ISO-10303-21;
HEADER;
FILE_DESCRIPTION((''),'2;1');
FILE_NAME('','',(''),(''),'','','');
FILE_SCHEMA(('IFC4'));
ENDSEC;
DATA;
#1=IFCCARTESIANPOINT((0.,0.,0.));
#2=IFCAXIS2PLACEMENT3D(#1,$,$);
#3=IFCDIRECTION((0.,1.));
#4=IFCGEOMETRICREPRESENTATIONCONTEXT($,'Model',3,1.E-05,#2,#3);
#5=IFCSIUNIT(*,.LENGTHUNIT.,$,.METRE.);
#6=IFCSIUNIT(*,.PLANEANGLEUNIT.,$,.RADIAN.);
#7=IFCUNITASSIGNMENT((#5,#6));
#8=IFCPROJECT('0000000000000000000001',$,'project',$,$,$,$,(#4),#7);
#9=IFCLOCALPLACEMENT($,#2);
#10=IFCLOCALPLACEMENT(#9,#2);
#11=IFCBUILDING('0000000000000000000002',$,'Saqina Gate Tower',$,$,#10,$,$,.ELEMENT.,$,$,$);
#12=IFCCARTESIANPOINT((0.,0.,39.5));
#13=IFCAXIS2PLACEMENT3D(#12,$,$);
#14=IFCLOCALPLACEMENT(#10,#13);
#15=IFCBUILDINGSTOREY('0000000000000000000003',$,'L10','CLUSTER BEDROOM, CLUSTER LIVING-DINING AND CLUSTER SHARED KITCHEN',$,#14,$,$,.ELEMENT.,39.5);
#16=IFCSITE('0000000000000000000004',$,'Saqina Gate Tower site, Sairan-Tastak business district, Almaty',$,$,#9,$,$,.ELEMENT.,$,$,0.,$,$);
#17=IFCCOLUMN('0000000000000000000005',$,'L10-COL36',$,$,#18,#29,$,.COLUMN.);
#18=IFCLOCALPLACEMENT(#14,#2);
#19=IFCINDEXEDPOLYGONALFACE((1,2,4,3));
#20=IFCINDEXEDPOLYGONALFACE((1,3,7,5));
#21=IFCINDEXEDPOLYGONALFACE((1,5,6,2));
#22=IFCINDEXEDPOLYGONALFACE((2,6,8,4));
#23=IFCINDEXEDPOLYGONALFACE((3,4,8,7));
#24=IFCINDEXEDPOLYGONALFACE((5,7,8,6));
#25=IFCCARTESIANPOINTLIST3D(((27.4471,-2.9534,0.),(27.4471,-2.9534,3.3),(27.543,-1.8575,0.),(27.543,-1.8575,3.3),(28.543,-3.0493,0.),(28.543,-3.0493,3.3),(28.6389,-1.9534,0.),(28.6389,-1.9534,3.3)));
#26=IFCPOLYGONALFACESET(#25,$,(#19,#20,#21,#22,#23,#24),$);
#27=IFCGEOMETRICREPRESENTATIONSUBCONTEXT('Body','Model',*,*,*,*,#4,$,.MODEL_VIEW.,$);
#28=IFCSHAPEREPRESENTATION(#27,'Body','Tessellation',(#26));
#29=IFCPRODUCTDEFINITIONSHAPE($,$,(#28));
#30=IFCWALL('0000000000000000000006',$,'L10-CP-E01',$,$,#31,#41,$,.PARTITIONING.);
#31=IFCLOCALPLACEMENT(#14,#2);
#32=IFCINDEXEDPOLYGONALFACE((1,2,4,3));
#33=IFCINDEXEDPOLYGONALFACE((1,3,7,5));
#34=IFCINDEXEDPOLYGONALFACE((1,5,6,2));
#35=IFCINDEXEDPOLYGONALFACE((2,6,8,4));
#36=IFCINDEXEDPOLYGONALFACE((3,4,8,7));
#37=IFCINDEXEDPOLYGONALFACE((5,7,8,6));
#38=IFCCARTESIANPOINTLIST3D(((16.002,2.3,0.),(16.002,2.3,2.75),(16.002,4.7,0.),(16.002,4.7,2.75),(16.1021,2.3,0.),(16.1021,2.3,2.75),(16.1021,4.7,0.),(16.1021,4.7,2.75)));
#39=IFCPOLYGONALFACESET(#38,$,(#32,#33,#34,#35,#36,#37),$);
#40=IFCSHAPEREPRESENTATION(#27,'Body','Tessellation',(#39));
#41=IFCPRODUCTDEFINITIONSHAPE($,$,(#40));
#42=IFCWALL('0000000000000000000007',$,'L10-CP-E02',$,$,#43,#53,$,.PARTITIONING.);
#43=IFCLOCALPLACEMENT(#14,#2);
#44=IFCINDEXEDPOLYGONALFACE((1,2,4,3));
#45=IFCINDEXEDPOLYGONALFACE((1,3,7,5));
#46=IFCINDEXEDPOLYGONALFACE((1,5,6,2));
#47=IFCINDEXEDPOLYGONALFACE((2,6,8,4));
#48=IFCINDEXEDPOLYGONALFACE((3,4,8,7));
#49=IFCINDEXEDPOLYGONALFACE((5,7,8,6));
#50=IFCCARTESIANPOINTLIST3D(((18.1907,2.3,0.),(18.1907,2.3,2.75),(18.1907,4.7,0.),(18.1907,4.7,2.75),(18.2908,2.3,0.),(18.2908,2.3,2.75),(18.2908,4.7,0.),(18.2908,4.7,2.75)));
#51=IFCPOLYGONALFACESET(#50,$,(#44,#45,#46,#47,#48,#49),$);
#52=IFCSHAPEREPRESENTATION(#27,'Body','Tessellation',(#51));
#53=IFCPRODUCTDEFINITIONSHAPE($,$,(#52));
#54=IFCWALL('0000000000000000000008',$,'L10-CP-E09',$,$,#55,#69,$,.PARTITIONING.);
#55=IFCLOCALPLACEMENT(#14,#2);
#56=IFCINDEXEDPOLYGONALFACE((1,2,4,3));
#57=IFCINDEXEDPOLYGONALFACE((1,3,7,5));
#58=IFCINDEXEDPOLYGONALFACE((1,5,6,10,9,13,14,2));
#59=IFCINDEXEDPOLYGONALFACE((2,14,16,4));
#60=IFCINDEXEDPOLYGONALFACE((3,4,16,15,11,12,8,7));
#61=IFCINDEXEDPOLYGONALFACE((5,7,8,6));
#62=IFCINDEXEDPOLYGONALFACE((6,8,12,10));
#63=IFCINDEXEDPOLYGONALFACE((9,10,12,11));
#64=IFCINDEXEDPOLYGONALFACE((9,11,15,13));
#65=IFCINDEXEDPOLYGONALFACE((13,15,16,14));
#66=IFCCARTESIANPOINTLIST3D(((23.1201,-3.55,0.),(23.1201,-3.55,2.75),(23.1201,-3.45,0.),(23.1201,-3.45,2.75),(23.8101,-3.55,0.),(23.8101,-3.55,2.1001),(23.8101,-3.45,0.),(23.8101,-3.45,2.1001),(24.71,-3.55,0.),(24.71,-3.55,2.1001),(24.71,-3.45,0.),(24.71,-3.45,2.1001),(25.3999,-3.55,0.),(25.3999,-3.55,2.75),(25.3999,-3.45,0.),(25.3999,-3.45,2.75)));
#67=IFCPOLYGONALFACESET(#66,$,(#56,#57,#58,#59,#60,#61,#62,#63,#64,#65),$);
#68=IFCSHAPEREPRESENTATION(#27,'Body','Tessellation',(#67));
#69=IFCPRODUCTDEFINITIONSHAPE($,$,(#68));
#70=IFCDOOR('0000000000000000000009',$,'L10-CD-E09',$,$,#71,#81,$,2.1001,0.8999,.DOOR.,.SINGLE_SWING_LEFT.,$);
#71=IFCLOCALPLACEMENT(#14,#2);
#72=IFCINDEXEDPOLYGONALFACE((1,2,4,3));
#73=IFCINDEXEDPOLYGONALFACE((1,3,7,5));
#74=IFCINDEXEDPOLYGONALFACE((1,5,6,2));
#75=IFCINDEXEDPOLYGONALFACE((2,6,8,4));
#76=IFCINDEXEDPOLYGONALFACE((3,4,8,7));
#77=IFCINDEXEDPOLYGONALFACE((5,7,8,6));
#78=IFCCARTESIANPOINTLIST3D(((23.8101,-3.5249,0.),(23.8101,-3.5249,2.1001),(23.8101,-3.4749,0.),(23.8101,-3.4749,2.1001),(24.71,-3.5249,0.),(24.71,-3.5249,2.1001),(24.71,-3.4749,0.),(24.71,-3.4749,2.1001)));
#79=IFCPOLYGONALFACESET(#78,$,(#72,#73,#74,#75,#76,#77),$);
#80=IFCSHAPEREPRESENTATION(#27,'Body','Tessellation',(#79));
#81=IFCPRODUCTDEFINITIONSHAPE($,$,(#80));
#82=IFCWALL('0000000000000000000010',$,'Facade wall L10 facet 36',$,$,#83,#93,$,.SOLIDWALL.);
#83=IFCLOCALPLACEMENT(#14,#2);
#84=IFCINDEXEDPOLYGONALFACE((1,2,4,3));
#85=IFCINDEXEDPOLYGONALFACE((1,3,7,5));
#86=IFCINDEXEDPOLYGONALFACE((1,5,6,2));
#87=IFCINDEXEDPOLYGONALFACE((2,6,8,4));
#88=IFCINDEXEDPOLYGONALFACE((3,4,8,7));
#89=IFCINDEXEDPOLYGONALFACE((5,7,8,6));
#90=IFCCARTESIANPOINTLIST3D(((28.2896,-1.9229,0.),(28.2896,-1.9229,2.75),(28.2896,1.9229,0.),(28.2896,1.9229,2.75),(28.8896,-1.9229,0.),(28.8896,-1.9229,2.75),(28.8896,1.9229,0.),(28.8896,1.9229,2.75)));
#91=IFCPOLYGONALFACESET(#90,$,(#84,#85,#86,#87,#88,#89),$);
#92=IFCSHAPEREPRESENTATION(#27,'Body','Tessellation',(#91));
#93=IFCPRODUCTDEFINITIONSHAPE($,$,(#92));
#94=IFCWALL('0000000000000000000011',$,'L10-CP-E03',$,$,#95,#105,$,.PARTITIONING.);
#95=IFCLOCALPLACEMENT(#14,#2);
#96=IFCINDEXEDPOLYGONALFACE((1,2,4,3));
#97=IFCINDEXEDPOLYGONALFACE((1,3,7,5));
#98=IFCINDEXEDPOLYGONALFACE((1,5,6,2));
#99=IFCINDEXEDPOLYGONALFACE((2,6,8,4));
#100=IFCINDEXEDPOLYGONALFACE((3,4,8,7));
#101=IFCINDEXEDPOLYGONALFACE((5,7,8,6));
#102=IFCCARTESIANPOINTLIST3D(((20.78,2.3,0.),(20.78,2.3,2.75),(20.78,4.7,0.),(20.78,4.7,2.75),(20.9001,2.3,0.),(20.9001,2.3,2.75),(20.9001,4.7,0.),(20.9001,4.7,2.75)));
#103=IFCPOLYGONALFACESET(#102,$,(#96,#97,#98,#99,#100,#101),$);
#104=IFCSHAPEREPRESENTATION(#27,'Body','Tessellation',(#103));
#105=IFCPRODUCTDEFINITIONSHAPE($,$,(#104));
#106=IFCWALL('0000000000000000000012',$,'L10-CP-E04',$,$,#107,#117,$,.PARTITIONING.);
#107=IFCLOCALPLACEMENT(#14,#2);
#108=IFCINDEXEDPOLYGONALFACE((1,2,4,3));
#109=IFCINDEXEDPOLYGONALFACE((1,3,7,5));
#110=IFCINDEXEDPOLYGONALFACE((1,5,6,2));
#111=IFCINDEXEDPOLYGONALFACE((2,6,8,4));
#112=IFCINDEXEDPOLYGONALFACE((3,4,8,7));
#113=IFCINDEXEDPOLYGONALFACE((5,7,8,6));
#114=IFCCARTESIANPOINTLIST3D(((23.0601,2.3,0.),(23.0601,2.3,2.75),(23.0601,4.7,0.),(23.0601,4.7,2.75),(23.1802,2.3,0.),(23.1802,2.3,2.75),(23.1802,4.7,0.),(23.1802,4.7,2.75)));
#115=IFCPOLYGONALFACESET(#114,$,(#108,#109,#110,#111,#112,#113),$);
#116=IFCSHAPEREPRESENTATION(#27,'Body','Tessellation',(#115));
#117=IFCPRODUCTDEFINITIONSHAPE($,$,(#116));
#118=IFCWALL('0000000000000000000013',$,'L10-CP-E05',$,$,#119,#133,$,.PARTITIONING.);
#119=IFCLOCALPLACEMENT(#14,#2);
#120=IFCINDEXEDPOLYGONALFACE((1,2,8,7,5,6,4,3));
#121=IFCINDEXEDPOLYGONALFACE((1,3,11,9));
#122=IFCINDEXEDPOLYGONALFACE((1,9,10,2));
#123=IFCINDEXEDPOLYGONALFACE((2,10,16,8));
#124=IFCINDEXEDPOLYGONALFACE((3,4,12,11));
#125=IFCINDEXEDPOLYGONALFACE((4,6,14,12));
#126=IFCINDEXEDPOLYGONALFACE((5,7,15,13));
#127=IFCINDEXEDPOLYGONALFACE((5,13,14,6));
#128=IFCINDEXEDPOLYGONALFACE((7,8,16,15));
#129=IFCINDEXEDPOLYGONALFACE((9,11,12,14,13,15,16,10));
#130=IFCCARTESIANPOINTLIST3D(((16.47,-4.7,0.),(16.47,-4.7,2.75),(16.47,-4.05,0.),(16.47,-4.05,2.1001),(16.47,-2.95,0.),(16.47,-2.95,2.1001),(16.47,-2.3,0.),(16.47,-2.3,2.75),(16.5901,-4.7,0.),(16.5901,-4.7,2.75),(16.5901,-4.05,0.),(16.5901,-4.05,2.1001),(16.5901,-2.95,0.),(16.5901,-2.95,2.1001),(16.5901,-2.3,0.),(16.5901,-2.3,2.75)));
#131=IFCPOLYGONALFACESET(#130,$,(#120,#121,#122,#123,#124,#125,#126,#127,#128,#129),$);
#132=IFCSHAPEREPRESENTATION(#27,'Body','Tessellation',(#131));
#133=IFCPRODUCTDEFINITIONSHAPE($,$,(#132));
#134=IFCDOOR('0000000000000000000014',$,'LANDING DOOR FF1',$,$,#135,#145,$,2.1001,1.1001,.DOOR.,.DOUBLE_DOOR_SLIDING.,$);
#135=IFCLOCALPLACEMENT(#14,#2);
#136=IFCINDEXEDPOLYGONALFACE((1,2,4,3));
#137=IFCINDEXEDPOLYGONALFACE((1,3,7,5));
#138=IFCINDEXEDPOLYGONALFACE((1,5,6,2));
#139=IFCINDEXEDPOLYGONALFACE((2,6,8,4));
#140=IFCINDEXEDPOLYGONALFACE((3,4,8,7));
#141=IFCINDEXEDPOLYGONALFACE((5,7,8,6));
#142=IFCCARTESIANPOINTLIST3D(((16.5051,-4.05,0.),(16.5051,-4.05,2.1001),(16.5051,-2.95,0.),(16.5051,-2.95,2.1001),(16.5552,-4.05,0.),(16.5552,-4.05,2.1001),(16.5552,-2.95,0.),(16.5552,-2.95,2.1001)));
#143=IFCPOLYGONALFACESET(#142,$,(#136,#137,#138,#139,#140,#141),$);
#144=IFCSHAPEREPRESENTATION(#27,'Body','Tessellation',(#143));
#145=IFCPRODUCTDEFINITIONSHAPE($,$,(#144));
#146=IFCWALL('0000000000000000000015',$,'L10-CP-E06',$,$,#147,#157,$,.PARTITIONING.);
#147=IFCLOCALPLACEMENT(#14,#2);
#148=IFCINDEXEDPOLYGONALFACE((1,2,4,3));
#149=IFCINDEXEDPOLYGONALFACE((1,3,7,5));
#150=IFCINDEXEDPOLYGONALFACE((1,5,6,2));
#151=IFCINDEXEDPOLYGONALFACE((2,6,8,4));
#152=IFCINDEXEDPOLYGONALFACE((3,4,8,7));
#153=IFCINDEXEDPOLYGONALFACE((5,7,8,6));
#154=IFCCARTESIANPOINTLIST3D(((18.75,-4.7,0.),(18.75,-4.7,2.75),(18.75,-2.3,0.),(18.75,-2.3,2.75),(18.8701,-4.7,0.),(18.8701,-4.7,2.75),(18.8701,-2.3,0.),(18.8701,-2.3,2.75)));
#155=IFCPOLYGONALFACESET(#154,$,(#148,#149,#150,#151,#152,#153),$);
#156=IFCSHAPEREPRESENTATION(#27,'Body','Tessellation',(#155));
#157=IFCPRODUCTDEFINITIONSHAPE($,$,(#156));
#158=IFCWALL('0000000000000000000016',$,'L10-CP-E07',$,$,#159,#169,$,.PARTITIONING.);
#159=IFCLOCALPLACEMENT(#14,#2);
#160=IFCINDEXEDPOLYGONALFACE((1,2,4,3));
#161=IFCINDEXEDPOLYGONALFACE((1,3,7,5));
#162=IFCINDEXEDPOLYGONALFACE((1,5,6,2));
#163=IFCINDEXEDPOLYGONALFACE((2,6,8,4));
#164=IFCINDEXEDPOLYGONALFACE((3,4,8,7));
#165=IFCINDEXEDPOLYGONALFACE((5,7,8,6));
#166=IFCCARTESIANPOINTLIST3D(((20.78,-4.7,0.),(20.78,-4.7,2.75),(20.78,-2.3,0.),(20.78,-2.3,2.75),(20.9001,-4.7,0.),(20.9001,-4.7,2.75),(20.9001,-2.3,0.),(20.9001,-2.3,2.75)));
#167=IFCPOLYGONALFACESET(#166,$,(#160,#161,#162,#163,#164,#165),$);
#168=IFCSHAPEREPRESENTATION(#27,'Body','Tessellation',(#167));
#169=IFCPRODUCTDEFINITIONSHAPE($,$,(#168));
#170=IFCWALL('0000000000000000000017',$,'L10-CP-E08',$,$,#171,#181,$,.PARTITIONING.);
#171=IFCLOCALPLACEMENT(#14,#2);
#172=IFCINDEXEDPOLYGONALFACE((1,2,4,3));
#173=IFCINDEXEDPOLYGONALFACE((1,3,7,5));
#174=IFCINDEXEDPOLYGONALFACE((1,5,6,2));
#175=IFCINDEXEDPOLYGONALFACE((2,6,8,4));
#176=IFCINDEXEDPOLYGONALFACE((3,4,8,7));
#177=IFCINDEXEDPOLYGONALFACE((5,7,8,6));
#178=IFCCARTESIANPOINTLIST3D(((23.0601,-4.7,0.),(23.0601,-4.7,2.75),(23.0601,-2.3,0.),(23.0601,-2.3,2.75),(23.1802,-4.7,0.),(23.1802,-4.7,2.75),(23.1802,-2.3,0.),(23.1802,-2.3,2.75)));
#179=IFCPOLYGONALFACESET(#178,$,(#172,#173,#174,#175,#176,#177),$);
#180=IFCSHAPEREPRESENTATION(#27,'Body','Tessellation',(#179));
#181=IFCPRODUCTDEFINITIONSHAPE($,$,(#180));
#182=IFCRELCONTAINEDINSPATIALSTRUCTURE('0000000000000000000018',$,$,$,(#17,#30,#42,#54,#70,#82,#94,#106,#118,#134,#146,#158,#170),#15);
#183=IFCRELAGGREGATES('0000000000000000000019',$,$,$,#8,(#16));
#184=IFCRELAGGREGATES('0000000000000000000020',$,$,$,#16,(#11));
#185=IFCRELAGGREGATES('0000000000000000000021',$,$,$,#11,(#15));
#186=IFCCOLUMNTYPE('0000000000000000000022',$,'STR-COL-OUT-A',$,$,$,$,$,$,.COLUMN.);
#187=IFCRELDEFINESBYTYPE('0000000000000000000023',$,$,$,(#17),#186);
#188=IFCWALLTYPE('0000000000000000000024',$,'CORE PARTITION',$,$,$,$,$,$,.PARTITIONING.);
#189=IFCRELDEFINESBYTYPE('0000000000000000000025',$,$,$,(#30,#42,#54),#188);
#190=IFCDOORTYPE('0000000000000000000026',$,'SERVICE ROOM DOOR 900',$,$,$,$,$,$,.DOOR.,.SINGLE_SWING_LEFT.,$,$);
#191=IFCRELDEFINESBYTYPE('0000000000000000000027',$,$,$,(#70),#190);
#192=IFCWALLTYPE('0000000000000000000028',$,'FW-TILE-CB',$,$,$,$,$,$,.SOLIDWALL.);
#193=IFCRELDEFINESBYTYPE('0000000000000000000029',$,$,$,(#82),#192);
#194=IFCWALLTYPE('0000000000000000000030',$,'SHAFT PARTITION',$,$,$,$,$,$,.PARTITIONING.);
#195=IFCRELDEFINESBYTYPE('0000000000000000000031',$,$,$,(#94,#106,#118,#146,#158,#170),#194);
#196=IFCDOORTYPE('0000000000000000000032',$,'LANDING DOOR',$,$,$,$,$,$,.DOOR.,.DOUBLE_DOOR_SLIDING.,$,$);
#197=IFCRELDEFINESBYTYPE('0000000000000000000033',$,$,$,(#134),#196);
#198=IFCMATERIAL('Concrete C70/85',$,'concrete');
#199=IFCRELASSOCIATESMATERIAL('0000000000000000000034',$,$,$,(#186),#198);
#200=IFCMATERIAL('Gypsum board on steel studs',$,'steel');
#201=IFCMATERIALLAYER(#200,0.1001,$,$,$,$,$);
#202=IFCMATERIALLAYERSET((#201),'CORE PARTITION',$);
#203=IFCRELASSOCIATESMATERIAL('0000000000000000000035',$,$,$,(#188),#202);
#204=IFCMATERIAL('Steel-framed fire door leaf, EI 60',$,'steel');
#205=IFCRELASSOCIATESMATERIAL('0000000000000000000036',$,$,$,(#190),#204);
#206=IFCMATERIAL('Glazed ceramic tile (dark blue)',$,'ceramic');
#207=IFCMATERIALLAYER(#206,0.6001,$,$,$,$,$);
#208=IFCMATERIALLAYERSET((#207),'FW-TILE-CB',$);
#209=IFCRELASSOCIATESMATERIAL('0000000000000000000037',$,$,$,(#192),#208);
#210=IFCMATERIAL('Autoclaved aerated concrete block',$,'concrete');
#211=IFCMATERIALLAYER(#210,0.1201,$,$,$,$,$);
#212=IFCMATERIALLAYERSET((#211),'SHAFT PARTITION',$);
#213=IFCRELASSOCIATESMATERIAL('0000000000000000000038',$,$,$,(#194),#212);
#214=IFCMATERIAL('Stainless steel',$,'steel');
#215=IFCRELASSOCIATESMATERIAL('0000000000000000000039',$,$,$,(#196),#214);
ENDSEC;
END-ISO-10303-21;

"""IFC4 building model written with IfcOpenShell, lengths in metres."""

from ifc_helpers import new_model, si_unit, direction, frame, frame_2d, origin, origin_2d, place, context, subcontext, project, spatial, rectangle, extrude, material, layer, layer_set, material_profile, profile_set, type_object, element, fill, save


model = new_model("IFC4")

# Units and contexts
model_context = context("Model", 3, precision=1e-05, world=origin(), true_north=direction((0.0, 1.0)))
body_context = subcontext(model_context, "Body", "Model", "MODEL_VIEW")
ifc_project = project(units=[si_unit("LENGTHUNIT", "METRE"), si_unit("PLANEANGLEUNIT", "RADIAN")], contexts=[model_context])

# Site, building, storey
site_placement = place(None, origin())
site = spatial("IfcSite", under=ifc_project, at=site_placement, Name="Saqina Gate Tower site, Sairan-Tastak business district, Almaty", CompositionType="ELEMENT", RefElevation=0.0)
building_placement = place(site_placement, origin())
building = spatial("IfcBuilding", under=site, at=building_placement, Name="Saqina Gate Tower", CompositionType="ELEMENT")
storey_placement = place(building_placement, frame((0.0, 0.0, 39.5)))
storey = spatial("IfcBuildingStorey", under=building, at=storey_placement, Name="L10", Description="CLUSTER BEDROOM, CLUSTER LIVING-DINING AND CLUSTER SHARED KITCHEN", CompositionType="ELEMENT", Elevation=39.5)

# Column
ifc_material_1 = material(Name="Concrete C70/85", Category="concrete")
ifc_material_profile = material_profile(ifc_material_1, rectangle(XDim=1.1001, YDim=1.1001, at=origin_2d()), Name="RC 1100x1100")
ifc_profile_set = profile_set([ifc_material_profile], Name="Concrete C70/85")
column_type = type_object("IfcColumnType", Name="STR-COL-OUT-A", PredefinedType="COLUMN", material=ifc_profile_set)
column_placement = place(storey_placement, frame((28.043, -2.4534, 0.0), z_axis=(0.0, 0.0, 1.0), x_axis=(0.996195, -0.087156, 0.0)))
element("IfcColumn", 1, at=column_placement, inside=storey, type_object=column_type, Name="L10-COL36", PredefinedType="COLUMN", context=body_context, shape_type="SweptSolid", body=[
    extrude(rectangle(XDim=1.1001, YDim=1.1001, at=origin_2d()), origin(), (0.0, 0.0, 1.0), 3.3),
])

# Walls
ifc_material_2 = material(Name="Gypsum board on steel studs", Category="steel")
ifc_layer_1 = layer(ifc_material_2, 0.1001)
ifc_layer_set_1 = layer_set([ifc_layer_1], Name="CORE PARTITION")
wall_type_1 = type_object("IfcWallType", Name="CORE PARTITION", PredefinedType="PARTITIONING", material=ifc_layer_set_1)
for number, where, z_axis, x_axis, name in (
    (2, (16.052, 2.3, 0.0), (0.0, 0.0, 1.0), (0.0, 1.0, 0.0), "L10-CP-E01"),
    (3, (18.2407, 2.3, 0.0), (0.0, 0.0, 1.0), (0.0, 1.0, 0.0), "L10-CP-E02"),
):
    element("IfcWall", number, at=place(storey_placement, frame(where, z_axis=z_axis, x_axis=x_axis)), inside=storey, type_object=wall_type_1, Name=name, PredefinedType="PARTITIONING", context=body_context, shape_type="SweptSolid", body=[
        extrude(rectangle(XDim=2.3999, YDim=0.1001, at=frame_2d((1.2, 0.0))), origin(), (0.0, 0.0, 1.0), 2.75),
    ])

# Wall, opening, door
wall_1_placement = place(storey_placement, frame((23.1201, -3.5, 0.0), z_axis=(0.0, 0.0, 1.0), x_axis=(1.0, 0.0, 0.0)))
wall_1 = element("IfcWall", 4, at=wall_1_placement, inside=storey, type_object=wall_type_1, Name="L10-CP-E09", PredefinedType="PARTITIONING", context=body_context, shape_type="SweptSolid", body=[
    extrude(rectangle(XDim=2.2798, YDim=0.1001, at=frame_2d((1.1399, 0.0))), origin(), (0.0, 0.0, 1.0), 2.75),
])
opening_1_placement = place(wall_1_placement, frame((0.6899, 0.0, 0.0)))
opening_1 = element("IfcOpeningElement", 5, at=opening_1_placement, cuts=wall_1, PredefinedType="OPENING", context=body_context, shape_type="SweptSolid", body=[
    extrude(rectangle(XDim=0.8999, YDim=2.1001, at=frame_2d((0.45, 1.05))), frame((0.0, 0.062, 0.0), z_axis=(0.0, -1.0, 0.0), x_axis=(1.0, 0.0, 0.0)), (0.0, 0.0, 1.0), 0.124),
])
ifc_material_3 = material(Name="Steel-framed fire door leaf, EI 60", Category="steel")
door_type_1 = type_object("IfcDoorType", Name="SERVICE ROOM DOOR 900", OperationType="SINGLE_SWING_LEFT", PredefinedType="DOOR", material=ifc_material_3)
door_1_placement = place(opening_1_placement, frame((0.8999, 0.0, 0.0), z_axis=(0.0, 0.0, 1.0), x_axis=(-1.0, 0.0, 0.0)))
door_1 = element("IfcDoor", 6, at=door_1_placement, inside=storey, type_object=door_type_1, Name="L10-CD-E09", OperationType="SINGLE_SWING_LEFT", OverallHeight=2.1001, OverallWidth=0.8999, PredefinedType="DOOR", context=body_context, shape_type="SweptSolid", body=[
    extrude(rectangle(XDim=0.8999, YDim=2.1001, at=frame_2d((0.45, 1.05))), frame((0.0, 0.0249, 0.0), z_axis=(0.0, -1.0, 0.0), x_axis=(1.0, 0.0, 0.0)), (0.0, 0.0, 1.0), 0.05),
])
fill(opening_1, door_1)

# Walls
ifc_material_4 = material(Name="Glazed ceramic tile (dark blue)", Category="ceramic")
ifc_layer_2 = layer(ifc_material_4, 0.6001)
ifc_layer_set_2 = layer_set([ifc_layer_2], Name="FW-TILE-CB")
wall_type_2 = type_object("IfcWallType", Name="FW-TILE-CB", PredefinedType="SOLIDWALL", material=ifc_layer_set_2)
wall_2_placement = place(storey_placement, frame((28.5896, -1.9229, 0.0), z_axis=(0.0, 0.0, 1.0), x_axis=(0.0, 1.0, 0.0)))
element("IfcWall", 7, at=wall_2_placement, inside=storey, type_object=wall_type_2, Name="Facade wall L10 facet 36", PredefinedType="SOLIDWALL", context=body_context, shape_type="SweptSolid", body=[
    extrude(rectangle(XDim=3.8457, YDim=0.6001, at=frame_2d((1.9229, 0.0))), origin(), (0.0, 0.0, 1.0), 2.75),
])
ifc_material_5 = material(Name="Autoclaved aerated concrete block", Category="concrete")
ifc_layer_3 = layer(ifc_material_5, 0.1201)
ifc_layer_set_3 = layer_set([ifc_layer_3], Name="SHAFT PARTITION")
wall_type_3 = type_object("IfcWallType", Name="SHAFT PARTITION", PredefinedType="PARTITIONING", material=ifc_layer_set_3)
for number, where, z_axis, x_axis, name in (
    (8, (20.8401, 2.3, 0.0), (0.0, 0.0, 1.0), (0.0, 1.0, 0.0), "L10-CP-E03"),
    (9, (23.1201, 2.3, 0.0), (0.0, 0.0, 1.0), (0.0, 1.0, 0.0), "L10-CP-E04"),
):
    element("IfcWall", number, at=place(storey_placement, frame(where, z_axis=z_axis, x_axis=x_axis)), inside=storey, type_object=wall_type_3, Name=name, PredefinedType="PARTITIONING", context=body_context, shape_type="SweptSolid", body=[
        extrude(rectangle(XDim=2.3999, YDim=0.1201, at=frame_2d((1.2, 0.0))), origin(), (0.0, 0.0, 1.0), 2.75),
    ])

# Wall, opening, door
wall_3_placement = place(storey_placement, frame((16.53, -4.7, 0.0), z_axis=(0.0, 0.0, 1.0), x_axis=(0.0, 1.0, 0.0)))
wall_3 = element("IfcWall", 10, at=wall_3_placement, inside=storey, type_object=wall_type_3, Name="L10-CP-E05", PredefinedType="PARTITIONING", context=body_context, shape_type="SweptSolid", body=[
    extrude(rectangle(XDim=2.3999, YDim=0.1201, at=frame_2d((1.2, 0.0))), origin(), (0.0, 0.0, 1.0), 2.75),
])
opening_2_placement = place(wall_3_placement, frame((0.6499, 0.0, 0.0)))
opening_2 = element("IfcOpeningElement", 11, at=opening_2_placement, cuts=wall_3, PredefinedType="OPENING", context=body_context, shape_type="SweptSolid", body=[
    extrude(rectangle(XDim=1.1001, YDim=2.1001, at=frame_2d((0.55, 1.05))), frame((0.0, 0.072, 0.0), z_axis=(0.0, -1.0, 0.0), x_axis=(1.0, 0.0, 0.0)), (0.0, 0.0, 1.0), 0.144),
])
ifc_material_6 = material(Name="Stainless steel", Category="steel")
door_type_2 = type_object("IfcDoorType", Name="LANDING DOOR", OperationType="DOUBLE_DOOR_SLIDING", PredefinedType="DOOR", material=ifc_material_6)
door_2_placement = place(opening_2_placement, origin())
door_2 = element("IfcDoor", 12, at=door_2_placement, inside=storey, type_object=door_type_2, Name="LANDING DOOR FF1", OperationType="DOUBLE_DOOR_SLIDING", OverallHeight=2.1001, OverallWidth=1.1001, PredefinedType="DOOR", context=body_context, shape_type="SweptSolid", body=[
    extrude(rectangle(XDim=1.1001, YDim=2.1001, at=frame_2d((0.55, 1.05))), frame((0.0, 0.0249, 0.0), z_axis=(0.0, -1.0, 0.0), x_axis=(1.0, 0.0, 0.0)), (0.0, 0.0, 1.0), 0.05),
])
fill(opening_2, door_2)

# Walls
for number, where, z_axis, x_axis, name in (
    (13, (18.8101, -4.7, 0.0), (0.0, 0.0, 1.0), (0.0, 1.0, 0.0), "L10-CP-E06"),
    (14, (20.8401, -4.7, 0.0), (0.0, 0.0, 1.0), (0.0, 1.0, 0.0), "L10-CP-E07"),
    (15, (23.1201, -4.7, 0.0), (0.0, 0.0, 1.0), (0.0, 1.0, 0.0), "L10-CP-E08"),
):
    element("IfcWall", number, at=place(storey_placement, frame(where, z_axis=z_axis, x_axis=x_axis)), inside=storey, type_object=wall_type_3, Name=name, PredefinedType="PARTITIONING", context=body_context, shape_type="SweptSolid", body=[
        extrude(rectangle(XDim=2.3999, YDim=0.1201, at=frame_2d((1.2, 0.0))), origin(), (0.0, 0.0, 1.0), 2.75),
    ])

save(model, "model.ifc")
